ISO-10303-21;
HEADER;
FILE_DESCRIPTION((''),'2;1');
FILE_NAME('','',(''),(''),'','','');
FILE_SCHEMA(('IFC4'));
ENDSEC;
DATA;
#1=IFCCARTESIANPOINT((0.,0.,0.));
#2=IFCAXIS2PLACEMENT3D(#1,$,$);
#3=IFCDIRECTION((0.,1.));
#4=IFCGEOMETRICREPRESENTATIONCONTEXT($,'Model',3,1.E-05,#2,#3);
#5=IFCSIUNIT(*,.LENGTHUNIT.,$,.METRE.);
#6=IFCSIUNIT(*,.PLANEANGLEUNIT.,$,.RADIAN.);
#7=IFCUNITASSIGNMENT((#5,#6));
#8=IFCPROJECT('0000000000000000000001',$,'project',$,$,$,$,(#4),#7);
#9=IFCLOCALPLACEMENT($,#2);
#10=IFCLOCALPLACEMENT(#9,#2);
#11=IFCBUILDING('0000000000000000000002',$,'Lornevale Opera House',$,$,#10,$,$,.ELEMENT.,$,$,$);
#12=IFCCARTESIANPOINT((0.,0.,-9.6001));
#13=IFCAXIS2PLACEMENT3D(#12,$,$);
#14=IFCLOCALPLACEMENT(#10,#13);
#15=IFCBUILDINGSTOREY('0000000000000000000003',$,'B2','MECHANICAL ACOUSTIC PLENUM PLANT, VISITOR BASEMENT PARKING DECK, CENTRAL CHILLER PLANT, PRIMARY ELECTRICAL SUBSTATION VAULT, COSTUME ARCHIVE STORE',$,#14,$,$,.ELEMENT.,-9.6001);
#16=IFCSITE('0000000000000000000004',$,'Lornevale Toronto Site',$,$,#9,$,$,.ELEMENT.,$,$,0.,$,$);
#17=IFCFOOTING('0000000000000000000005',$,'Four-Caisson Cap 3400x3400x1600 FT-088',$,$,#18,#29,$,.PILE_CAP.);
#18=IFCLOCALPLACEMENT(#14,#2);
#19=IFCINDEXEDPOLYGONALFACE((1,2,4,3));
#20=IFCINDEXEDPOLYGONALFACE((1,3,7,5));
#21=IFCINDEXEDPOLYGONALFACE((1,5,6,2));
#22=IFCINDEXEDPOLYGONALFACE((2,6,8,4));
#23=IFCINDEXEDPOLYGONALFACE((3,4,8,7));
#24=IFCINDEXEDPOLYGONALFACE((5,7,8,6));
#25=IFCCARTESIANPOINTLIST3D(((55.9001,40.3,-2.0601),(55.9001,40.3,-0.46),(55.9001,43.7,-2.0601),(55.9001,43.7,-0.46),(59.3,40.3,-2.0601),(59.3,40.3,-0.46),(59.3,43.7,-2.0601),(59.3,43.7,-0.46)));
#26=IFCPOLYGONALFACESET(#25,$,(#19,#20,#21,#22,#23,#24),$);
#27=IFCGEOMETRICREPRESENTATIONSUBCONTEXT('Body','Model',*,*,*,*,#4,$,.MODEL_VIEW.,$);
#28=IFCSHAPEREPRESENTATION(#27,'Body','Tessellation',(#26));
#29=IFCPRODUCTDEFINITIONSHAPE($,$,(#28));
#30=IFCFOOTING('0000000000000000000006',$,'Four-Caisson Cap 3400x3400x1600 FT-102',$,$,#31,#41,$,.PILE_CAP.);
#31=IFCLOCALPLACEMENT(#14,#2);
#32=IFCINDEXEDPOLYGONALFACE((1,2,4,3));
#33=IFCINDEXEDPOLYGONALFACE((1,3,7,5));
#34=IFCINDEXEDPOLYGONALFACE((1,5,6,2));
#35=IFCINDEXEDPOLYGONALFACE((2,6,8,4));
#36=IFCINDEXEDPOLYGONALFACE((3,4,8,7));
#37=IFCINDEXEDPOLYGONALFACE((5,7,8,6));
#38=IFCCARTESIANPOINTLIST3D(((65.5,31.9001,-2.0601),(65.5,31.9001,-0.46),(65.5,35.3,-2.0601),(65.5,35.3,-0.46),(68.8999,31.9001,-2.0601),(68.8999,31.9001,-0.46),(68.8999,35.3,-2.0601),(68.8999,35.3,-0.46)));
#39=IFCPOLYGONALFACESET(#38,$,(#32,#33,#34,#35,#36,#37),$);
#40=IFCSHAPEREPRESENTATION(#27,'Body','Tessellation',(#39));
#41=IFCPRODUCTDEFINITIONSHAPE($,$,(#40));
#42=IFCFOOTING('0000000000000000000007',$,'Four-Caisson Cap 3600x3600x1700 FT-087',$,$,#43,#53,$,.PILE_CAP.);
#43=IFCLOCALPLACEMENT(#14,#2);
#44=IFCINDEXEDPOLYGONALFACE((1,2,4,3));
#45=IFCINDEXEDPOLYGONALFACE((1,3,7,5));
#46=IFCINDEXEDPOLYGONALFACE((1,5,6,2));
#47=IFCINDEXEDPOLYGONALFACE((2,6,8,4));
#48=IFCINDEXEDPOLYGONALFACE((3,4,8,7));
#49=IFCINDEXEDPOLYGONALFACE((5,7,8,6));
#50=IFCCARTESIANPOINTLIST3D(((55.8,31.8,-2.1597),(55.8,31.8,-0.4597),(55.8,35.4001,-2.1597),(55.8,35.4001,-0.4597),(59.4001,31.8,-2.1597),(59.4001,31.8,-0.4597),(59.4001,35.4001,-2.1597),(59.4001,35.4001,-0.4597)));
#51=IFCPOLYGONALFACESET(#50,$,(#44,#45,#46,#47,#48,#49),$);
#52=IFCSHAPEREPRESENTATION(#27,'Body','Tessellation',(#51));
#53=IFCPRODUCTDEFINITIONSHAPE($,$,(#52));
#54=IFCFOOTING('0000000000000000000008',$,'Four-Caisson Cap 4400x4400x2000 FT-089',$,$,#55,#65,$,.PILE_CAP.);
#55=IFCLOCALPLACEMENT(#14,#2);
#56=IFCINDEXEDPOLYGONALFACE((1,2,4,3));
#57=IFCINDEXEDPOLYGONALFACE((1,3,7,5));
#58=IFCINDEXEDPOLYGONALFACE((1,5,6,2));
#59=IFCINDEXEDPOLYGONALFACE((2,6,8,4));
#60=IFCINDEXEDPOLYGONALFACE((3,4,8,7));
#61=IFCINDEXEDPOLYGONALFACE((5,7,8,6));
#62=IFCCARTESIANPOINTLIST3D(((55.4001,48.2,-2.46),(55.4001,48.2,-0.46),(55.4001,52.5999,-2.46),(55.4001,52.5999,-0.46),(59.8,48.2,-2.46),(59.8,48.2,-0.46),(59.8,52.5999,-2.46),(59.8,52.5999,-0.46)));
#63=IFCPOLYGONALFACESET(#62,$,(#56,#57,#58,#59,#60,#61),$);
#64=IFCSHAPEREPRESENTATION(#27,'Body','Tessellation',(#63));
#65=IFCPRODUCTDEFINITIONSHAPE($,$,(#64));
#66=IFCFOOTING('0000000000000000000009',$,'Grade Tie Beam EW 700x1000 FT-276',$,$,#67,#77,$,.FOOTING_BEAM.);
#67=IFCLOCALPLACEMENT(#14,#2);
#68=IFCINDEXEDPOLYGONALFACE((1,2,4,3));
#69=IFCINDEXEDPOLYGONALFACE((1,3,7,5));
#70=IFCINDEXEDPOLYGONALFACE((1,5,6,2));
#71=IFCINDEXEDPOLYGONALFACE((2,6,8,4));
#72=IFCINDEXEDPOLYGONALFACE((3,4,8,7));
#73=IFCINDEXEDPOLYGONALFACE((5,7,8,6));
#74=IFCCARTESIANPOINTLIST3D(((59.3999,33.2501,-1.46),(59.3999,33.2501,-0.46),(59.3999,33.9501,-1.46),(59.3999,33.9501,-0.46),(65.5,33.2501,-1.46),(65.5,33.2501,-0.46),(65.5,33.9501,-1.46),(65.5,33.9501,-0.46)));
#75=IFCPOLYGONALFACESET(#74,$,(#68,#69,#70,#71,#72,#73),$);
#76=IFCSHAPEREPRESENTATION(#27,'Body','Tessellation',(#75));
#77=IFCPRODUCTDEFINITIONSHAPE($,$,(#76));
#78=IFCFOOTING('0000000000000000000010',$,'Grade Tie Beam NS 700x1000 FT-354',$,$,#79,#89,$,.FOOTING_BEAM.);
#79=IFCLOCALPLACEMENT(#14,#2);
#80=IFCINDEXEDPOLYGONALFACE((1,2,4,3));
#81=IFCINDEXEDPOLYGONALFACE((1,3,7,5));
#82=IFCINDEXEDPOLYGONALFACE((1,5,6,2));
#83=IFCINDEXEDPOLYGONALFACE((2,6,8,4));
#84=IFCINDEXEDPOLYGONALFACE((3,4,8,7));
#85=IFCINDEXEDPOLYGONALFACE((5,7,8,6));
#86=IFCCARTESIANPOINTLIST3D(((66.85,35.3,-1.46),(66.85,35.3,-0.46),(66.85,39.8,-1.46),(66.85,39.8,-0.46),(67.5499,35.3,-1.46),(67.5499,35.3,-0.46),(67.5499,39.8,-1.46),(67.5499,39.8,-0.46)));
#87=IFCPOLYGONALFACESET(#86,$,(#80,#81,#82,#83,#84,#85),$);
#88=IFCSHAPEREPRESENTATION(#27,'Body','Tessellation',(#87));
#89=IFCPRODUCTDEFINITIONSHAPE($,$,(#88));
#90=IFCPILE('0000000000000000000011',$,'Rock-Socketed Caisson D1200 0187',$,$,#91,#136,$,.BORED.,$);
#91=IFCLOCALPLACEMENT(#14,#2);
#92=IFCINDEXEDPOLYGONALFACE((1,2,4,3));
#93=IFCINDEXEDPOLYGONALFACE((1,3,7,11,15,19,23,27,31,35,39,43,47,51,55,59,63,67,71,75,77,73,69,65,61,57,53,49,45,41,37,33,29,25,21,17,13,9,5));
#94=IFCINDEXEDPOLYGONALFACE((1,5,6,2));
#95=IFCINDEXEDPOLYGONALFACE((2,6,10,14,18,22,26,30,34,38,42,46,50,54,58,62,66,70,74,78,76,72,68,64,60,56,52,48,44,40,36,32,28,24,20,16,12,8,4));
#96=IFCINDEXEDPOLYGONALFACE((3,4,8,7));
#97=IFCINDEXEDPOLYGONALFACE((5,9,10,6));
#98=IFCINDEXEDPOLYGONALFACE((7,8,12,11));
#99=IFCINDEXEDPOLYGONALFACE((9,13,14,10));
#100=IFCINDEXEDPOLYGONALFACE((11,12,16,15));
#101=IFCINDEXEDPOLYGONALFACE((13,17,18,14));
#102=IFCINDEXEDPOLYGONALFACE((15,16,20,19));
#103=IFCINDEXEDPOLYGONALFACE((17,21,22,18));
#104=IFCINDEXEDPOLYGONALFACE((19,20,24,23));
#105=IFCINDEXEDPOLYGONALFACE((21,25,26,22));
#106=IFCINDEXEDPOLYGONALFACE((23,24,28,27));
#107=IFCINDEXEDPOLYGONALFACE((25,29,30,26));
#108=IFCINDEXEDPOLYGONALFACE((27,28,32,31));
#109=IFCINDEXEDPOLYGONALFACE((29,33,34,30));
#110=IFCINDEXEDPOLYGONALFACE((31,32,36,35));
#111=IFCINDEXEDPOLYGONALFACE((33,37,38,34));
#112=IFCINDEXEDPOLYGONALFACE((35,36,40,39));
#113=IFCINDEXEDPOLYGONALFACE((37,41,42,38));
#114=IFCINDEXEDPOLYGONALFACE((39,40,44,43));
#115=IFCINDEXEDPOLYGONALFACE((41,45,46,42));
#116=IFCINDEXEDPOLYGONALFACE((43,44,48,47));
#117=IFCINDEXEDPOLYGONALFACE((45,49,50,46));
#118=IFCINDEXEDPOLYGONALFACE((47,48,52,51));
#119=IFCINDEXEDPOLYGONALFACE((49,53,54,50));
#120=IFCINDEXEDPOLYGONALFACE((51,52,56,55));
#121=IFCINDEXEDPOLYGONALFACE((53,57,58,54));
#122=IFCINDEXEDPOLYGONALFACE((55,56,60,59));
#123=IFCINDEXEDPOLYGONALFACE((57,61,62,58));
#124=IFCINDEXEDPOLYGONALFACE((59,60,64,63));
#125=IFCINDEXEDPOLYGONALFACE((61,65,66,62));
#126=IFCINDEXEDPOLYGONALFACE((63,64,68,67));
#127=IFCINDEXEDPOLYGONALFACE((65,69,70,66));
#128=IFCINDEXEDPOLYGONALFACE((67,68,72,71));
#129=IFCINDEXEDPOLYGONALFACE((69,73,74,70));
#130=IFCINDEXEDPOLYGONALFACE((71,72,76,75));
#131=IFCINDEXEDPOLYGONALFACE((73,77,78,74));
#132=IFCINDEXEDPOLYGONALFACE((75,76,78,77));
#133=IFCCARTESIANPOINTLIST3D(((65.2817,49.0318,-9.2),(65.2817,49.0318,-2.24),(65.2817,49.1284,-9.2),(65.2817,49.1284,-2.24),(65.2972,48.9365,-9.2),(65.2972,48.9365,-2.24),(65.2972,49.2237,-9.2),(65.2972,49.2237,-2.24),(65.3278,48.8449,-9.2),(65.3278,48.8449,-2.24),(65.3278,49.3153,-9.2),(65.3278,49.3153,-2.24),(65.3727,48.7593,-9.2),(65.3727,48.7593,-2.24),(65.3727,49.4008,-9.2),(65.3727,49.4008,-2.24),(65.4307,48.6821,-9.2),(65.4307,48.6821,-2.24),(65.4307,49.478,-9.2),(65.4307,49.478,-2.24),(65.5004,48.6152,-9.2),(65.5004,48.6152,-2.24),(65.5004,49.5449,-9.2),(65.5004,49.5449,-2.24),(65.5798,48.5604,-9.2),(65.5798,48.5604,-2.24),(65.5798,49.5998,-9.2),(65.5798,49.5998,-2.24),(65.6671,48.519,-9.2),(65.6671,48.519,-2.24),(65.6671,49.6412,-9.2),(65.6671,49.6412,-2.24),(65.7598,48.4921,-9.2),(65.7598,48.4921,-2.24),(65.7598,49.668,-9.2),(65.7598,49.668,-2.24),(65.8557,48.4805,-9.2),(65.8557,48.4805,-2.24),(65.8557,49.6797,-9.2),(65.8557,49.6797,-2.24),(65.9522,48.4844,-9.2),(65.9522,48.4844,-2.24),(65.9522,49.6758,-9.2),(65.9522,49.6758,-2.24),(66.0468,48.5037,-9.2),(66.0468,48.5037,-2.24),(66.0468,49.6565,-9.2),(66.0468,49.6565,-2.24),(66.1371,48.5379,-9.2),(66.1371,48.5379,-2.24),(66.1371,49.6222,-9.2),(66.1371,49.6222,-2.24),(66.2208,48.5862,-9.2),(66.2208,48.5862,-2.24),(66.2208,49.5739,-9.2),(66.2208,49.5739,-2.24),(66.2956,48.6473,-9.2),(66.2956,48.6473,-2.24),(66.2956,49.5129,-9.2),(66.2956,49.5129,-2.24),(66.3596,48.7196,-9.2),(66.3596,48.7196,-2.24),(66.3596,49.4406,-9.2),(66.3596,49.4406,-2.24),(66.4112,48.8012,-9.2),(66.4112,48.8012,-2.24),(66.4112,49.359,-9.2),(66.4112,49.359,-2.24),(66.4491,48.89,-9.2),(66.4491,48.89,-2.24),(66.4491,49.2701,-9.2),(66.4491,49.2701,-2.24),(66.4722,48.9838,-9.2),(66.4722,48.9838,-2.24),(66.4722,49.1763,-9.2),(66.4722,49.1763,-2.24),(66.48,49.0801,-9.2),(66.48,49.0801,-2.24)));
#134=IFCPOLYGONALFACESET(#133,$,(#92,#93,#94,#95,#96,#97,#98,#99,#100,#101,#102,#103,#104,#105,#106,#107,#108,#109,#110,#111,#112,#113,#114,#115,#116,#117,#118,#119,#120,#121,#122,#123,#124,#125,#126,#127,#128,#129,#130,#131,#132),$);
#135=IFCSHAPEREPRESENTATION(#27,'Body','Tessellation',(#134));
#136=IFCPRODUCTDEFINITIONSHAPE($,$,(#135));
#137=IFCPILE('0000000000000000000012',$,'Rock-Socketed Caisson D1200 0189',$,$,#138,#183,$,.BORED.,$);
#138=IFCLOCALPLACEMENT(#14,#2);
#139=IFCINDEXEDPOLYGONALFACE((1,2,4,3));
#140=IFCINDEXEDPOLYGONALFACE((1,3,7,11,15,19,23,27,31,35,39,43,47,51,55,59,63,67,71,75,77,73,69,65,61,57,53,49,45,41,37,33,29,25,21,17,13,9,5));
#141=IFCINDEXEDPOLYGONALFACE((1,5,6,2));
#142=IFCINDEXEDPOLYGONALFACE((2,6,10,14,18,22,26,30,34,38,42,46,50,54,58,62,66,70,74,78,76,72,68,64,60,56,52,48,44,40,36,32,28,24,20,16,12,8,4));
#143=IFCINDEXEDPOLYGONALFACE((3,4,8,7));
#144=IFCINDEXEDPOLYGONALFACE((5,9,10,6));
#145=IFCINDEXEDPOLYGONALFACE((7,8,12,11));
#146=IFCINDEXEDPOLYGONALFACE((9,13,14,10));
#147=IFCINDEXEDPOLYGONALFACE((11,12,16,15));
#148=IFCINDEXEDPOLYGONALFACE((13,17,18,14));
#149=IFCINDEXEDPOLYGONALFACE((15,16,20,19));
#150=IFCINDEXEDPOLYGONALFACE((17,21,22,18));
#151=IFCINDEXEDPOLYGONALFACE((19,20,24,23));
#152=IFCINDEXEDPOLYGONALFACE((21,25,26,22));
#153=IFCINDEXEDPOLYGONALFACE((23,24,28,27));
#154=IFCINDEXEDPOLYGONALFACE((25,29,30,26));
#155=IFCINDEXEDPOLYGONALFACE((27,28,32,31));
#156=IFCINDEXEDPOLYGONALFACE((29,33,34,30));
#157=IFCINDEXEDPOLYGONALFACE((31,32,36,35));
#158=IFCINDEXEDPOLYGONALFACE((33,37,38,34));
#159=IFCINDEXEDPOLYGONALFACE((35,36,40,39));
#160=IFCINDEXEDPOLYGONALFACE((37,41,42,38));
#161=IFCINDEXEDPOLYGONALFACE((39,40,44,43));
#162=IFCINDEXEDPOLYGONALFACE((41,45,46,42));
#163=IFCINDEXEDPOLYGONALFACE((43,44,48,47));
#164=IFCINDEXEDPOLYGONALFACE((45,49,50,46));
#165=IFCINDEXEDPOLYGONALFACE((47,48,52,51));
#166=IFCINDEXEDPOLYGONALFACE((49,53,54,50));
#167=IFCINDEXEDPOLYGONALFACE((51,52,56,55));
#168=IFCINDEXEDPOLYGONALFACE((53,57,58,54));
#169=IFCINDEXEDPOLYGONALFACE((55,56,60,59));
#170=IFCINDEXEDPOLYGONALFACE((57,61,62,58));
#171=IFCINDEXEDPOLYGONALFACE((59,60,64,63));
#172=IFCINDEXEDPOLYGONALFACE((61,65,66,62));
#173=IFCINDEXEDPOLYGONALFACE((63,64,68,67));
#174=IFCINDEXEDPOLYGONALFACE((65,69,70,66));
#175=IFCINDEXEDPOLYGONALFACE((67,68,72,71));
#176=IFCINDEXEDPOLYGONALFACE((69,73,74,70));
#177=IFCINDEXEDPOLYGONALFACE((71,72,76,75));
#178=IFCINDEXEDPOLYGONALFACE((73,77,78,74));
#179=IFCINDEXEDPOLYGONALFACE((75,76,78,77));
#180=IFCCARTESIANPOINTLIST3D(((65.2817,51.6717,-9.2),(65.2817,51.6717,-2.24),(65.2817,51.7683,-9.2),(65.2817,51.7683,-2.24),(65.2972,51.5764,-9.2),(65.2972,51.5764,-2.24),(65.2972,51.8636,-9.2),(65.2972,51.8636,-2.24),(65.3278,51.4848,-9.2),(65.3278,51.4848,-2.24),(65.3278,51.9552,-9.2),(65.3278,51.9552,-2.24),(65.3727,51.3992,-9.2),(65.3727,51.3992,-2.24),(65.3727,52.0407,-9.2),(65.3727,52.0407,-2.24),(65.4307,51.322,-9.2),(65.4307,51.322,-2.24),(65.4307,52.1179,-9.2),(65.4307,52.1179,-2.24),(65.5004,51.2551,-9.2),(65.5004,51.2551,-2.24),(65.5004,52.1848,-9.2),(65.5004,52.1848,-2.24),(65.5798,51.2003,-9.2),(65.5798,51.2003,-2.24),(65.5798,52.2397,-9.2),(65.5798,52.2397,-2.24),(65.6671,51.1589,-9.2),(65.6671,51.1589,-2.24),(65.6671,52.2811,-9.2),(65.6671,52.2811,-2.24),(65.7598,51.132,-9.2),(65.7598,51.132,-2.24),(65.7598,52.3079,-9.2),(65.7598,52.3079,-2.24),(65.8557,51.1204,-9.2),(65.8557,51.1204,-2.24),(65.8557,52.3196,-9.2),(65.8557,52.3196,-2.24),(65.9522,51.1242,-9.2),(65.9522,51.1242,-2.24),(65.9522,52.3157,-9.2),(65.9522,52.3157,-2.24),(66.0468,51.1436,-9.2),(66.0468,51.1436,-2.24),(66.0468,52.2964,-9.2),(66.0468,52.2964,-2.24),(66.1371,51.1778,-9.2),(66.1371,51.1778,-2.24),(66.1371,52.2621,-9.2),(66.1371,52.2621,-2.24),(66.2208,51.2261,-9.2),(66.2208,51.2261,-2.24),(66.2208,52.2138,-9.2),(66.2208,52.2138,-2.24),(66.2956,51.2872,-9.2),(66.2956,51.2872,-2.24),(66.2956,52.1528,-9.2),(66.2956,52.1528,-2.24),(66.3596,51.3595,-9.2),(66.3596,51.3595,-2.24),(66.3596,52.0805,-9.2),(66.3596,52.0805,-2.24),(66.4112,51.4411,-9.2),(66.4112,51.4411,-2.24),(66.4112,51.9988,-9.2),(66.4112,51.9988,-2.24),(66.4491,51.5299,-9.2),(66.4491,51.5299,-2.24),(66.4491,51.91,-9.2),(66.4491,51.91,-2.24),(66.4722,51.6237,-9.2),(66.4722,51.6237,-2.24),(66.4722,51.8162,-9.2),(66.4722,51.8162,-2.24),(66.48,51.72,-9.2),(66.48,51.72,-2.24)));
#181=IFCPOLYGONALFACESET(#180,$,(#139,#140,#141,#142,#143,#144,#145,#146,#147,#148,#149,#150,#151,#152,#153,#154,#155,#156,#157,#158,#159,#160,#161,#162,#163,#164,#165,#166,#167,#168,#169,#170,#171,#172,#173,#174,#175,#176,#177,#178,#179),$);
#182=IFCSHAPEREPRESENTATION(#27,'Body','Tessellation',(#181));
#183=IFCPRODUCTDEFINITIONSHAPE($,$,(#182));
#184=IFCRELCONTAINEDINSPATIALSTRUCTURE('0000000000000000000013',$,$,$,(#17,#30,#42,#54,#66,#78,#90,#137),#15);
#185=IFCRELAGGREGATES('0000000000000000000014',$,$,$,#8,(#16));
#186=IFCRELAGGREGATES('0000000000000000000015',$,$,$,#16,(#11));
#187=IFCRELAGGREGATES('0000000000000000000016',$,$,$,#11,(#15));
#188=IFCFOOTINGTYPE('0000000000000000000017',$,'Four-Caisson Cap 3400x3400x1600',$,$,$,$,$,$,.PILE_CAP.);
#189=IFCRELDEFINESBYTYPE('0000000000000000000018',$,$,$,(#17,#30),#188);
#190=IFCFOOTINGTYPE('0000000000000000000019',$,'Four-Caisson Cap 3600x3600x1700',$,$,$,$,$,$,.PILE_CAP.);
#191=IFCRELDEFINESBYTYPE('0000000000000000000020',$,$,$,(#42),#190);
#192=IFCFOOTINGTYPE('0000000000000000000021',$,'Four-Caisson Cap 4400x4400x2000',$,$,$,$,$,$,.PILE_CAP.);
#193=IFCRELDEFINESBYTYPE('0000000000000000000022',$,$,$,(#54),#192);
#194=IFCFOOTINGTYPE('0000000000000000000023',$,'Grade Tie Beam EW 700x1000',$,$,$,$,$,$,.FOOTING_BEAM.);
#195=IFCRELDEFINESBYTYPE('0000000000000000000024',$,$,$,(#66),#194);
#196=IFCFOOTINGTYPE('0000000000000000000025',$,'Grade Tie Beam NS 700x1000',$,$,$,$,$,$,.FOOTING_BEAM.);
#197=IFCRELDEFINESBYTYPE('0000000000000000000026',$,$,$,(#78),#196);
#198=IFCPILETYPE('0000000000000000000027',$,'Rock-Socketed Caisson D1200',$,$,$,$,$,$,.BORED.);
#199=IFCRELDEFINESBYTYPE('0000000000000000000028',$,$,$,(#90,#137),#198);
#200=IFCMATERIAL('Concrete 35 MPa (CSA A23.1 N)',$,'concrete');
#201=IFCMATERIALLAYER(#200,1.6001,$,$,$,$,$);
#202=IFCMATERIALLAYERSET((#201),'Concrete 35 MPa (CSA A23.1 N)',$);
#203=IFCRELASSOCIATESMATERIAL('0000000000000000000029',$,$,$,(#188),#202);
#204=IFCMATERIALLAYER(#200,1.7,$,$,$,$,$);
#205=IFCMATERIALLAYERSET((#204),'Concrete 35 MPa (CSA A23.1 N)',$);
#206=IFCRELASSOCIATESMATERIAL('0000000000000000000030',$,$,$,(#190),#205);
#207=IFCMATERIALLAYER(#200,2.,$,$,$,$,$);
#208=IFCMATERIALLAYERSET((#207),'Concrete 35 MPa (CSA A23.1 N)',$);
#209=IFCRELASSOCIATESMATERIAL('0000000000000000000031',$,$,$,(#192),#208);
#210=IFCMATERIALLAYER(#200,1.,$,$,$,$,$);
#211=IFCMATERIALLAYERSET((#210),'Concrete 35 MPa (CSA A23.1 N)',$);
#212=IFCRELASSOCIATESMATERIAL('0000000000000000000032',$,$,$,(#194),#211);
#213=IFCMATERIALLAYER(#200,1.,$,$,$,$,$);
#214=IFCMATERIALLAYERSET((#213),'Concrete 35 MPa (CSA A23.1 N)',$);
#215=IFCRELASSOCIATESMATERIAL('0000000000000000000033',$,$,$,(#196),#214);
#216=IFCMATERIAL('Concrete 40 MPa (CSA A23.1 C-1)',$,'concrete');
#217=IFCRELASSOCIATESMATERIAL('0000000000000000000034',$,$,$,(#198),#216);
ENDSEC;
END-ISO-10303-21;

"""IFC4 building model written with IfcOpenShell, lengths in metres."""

from ifc_helpers import new_model, si_unit, direction, frame, origin, origin_2d, place, context, subcontext, project, spatial, rectangle, circle, extrude, material, layer, layer_set, material_profile, profile_set, type_object, element, save


model = new_model("IFC4")

# Units and contexts
model_context = context("Model", 3, precision=1e-05, world=origin(), true_north=direction((0.0, 1.0)))
body_context = subcontext(model_context, "Body", "Model", "MODEL_VIEW")
ifc_project = project(units=[si_unit("LENGTHUNIT", "METRE"), si_unit("PLANEANGLEUNIT", "RADIAN")], contexts=[model_context])

# Site, building, storey
site_placement = place(None, origin())
site = spatial("IfcSite", under=ifc_project, at=site_placement, Name="Lornevale Toronto Site", CompositionType="ELEMENT", RefElevation=0.0)
building_placement = place(site_placement, origin())
building = spatial("IfcBuilding", under=site, at=building_placement, Name="Lornevale Opera House", CompositionType="ELEMENT")
storey_placement = place(building_placement, frame((0.0, 0.0, -9.6001)))
storey = spatial("IfcBuildingStorey", under=building, at=storey_placement, Name="B2", Description="MECHANICAL ACOUSTIC PLENUM PLANT, VISITOR BASEMENT PARKING DECK, CENTRAL CHILLER PLANT, PRIMARY ELECTRICAL SUBSTATION VAULT, COSTUME ARCHIVE STORE", CompositionType="ELEMENT", Elevation=-9.6001)

# Footings
ifc_material_1 = material(Name="Concrete 35 MPa (CSA A23.1 N)", Category="concrete")
ifc_layer_1 = layer(ifc_material_1, 1.6001)
ifc_layer_set_1 = layer_set([ifc_layer_1], Name="Concrete 35 MPa (CSA A23.1 N)")
footing_type_1 = type_object("IfcFootingType", Name="Four-Caisson Cap 3400x3400x1600", PredefinedType="PILE_CAP", material=ifc_layer_set_1)
for number, where, z_axis, x_axis, name in (
    (1, (57.6001, 42.0, -2.0601), (0.0, 0.0, 1.0), (1.0, 0.0, 0.0), "Four-Caisson Cap 3400x3400x1600 FT-088"),
    (2, (67.2, 33.6001, -2.0601), (0.0, 0.0, 1.0), (1.0, 0.0, 0.0), "Four-Caisson Cap 3400x3400x1600 FT-102"),
):
    element("IfcFooting", number, at=place(storey_placement, frame(where, z_axis=z_axis, x_axis=x_axis)), inside=storey, type_object=footing_type_1, Name=name, PredefinedType="PILE_CAP", context=body_context, shape_type="SweptSolid", body=[
        extrude(rectangle(XDim=3.3999, YDim=3.3999, at=origin_2d()), origin(), (0.0, 0.0, 1.0), 1.6001),
    ])
ifc_layer_2 = layer(ifc_material_1, 1.7)
ifc_layer_set_2 = layer_set([ifc_layer_2], Name="Concrete 35 MPa (CSA A23.1 N)")
footing_type_2 = type_object("IfcFootingType", Name="Four-Caisson Cap 3600x3600x1700", PredefinedType="PILE_CAP", material=ifc_layer_set_2)
footing_1_placement = place(storey_placement, frame((57.6001, 33.6001, -2.1597), z_axis=(0.0, 0.0, 1.0), x_axis=(1.0, 0.0, 0.0)))
element("IfcFooting", 3, at=footing_1_placement, inside=storey, type_object=footing_type_2, Name="Four-Caisson Cap 3600x3600x1700 FT-087", PredefinedType="PILE_CAP", context=body_context, shape_type="SweptSolid", body=[
    extrude(rectangle(XDim=3.6001, YDim=3.6001, at=origin_2d()), origin(), (0.0, 0.0, 1.0), 1.7),
])
ifc_layer_3 = layer(ifc_material_1, 2.0)
ifc_layer_set_3 = layer_set([ifc_layer_3], Name="Concrete 35 MPa (CSA A23.1 N)")
footing_type_3 = type_object("IfcFootingType", Name="Four-Caisson Cap 4400x4400x2000", PredefinedType="PILE_CAP", material=ifc_layer_set_3)
footing_2_placement = place(storey_placement, frame((57.6001, 50.3999, -2.46), z_axis=(0.0, 0.0, 1.0), x_axis=(1.0, 0.0, 0.0)))
element("IfcFooting", 4, at=footing_2_placement, inside=storey, type_object=footing_type_3, Name="Four-Caisson Cap 4400x4400x2000 FT-089", PredefinedType="PILE_CAP", context=body_context, shape_type="SweptSolid", body=[
    extrude(rectangle(XDim=4.3999, YDim=4.3999, at=origin_2d()), origin(), (0.0, 0.0, 1.0), 2.0),
])
ifc_layer_4 = layer(ifc_material_1, 1.0)
ifc_layer_set_4 = layer_set([ifc_layer_4], Name="Concrete 35 MPa (CSA A23.1 N)")
footing_type_4 = type_object("IfcFootingType", Name="Grade Tie Beam EW 700x1000", PredefinedType="FOOTING_BEAM", material=ifc_layer_set_4)
footing_3_placement = place(storey_placement, frame((62.45, 33.6001, -1.46), z_axis=(0.0, 0.0, 1.0), x_axis=(1.0, 0.0, 0.0)))
element("IfcFooting", 5, at=footing_3_placement, inside=storey, type_object=footing_type_4, Name="Grade Tie Beam EW 700x1000 FT-276", PredefinedType="FOOTING_BEAM", context=body_context, shape_type="SweptSolid", body=[
    extrude(rectangle(XDim=6.1001, YDim=0.7, at=origin_2d()), origin(), (0.0, 0.0, 1.0), 1.0),
])
ifc_layer_5 = layer(ifc_material_1, 1.0)
ifc_layer_set_5 = layer_set([ifc_layer_5], Name="Concrete 35 MPa (CSA A23.1 N)")
footing_type_5 = type_object("IfcFootingType", Name="Grade Tie Beam NS 700x1000", PredefinedType="FOOTING_BEAM", material=ifc_layer_set_5)
footing_4_placement = place(storey_placement, frame((67.2, 37.55, -1.46), z_axis=(0.0, 0.0, 1.0), x_axis=(1.0, 0.0, 0.0)))
element("IfcFooting", 6, at=footing_4_placement, inside=storey, type_object=footing_type_5, Name="Grade Tie Beam NS 700x1000 FT-354", PredefinedType="FOOTING_BEAM", context=body_context, shape_type="SweptSolid", body=[
    extrude(rectangle(XDim=0.7, YDim=4.5, at=origin_2d()), origin(), (0.0, 0.0, 1.0), 1.0),
])

# Piles
ifc_material_2 = material(Name="Concrete 40 MPa (CSA A23.1 C-1)", Category="concrete")
ifc_material_profile_1 = material_profile(ifc_material_2, circle(Radius=0.6001, at=origin_2d()), Name="CAIS1200")
ifc_profile_set_1 = profile_set([ifc_material_profile_1], Name="Concrete 40 MPa (CSA A23.1 C-1)")
pile_type_1 = type_object("IfcPileType", Name="Rock-Socketed Caisson D1200", PredefinedType="BORED", material=ifc_profile_set_1)
for number, where, z_axis, x_axis, name in (
    (7, (65.8799, 49.0801, -2.24), (0.0, 0.0, -1.0), (1.0, 0.0, 0.0), "Rock-Socketed Caisson D1200 0187"),
    (8, (65.8799, 51.72, -2.24), (0.0, 0.0, -1.0), (1.0, 0.0, 0.0), "Rock-Socketed Caisson D1200 0189"),
):
    element("IfcPile", number, at=place(storey_placement, frame(where, z_axis=z_axis, x_axis=x_axis)), inside=storey, type_object=pile_type_1, Name=name, PredefinedType="BORED", context=body_context, shape_type="SweptSolid", body=[
        extrude(circle(Radius=0.6001, at=origin_2d()), origin(), (0.0, 0.0, 1.0), 6.96),
    ])

save(model, "model.ifc")
